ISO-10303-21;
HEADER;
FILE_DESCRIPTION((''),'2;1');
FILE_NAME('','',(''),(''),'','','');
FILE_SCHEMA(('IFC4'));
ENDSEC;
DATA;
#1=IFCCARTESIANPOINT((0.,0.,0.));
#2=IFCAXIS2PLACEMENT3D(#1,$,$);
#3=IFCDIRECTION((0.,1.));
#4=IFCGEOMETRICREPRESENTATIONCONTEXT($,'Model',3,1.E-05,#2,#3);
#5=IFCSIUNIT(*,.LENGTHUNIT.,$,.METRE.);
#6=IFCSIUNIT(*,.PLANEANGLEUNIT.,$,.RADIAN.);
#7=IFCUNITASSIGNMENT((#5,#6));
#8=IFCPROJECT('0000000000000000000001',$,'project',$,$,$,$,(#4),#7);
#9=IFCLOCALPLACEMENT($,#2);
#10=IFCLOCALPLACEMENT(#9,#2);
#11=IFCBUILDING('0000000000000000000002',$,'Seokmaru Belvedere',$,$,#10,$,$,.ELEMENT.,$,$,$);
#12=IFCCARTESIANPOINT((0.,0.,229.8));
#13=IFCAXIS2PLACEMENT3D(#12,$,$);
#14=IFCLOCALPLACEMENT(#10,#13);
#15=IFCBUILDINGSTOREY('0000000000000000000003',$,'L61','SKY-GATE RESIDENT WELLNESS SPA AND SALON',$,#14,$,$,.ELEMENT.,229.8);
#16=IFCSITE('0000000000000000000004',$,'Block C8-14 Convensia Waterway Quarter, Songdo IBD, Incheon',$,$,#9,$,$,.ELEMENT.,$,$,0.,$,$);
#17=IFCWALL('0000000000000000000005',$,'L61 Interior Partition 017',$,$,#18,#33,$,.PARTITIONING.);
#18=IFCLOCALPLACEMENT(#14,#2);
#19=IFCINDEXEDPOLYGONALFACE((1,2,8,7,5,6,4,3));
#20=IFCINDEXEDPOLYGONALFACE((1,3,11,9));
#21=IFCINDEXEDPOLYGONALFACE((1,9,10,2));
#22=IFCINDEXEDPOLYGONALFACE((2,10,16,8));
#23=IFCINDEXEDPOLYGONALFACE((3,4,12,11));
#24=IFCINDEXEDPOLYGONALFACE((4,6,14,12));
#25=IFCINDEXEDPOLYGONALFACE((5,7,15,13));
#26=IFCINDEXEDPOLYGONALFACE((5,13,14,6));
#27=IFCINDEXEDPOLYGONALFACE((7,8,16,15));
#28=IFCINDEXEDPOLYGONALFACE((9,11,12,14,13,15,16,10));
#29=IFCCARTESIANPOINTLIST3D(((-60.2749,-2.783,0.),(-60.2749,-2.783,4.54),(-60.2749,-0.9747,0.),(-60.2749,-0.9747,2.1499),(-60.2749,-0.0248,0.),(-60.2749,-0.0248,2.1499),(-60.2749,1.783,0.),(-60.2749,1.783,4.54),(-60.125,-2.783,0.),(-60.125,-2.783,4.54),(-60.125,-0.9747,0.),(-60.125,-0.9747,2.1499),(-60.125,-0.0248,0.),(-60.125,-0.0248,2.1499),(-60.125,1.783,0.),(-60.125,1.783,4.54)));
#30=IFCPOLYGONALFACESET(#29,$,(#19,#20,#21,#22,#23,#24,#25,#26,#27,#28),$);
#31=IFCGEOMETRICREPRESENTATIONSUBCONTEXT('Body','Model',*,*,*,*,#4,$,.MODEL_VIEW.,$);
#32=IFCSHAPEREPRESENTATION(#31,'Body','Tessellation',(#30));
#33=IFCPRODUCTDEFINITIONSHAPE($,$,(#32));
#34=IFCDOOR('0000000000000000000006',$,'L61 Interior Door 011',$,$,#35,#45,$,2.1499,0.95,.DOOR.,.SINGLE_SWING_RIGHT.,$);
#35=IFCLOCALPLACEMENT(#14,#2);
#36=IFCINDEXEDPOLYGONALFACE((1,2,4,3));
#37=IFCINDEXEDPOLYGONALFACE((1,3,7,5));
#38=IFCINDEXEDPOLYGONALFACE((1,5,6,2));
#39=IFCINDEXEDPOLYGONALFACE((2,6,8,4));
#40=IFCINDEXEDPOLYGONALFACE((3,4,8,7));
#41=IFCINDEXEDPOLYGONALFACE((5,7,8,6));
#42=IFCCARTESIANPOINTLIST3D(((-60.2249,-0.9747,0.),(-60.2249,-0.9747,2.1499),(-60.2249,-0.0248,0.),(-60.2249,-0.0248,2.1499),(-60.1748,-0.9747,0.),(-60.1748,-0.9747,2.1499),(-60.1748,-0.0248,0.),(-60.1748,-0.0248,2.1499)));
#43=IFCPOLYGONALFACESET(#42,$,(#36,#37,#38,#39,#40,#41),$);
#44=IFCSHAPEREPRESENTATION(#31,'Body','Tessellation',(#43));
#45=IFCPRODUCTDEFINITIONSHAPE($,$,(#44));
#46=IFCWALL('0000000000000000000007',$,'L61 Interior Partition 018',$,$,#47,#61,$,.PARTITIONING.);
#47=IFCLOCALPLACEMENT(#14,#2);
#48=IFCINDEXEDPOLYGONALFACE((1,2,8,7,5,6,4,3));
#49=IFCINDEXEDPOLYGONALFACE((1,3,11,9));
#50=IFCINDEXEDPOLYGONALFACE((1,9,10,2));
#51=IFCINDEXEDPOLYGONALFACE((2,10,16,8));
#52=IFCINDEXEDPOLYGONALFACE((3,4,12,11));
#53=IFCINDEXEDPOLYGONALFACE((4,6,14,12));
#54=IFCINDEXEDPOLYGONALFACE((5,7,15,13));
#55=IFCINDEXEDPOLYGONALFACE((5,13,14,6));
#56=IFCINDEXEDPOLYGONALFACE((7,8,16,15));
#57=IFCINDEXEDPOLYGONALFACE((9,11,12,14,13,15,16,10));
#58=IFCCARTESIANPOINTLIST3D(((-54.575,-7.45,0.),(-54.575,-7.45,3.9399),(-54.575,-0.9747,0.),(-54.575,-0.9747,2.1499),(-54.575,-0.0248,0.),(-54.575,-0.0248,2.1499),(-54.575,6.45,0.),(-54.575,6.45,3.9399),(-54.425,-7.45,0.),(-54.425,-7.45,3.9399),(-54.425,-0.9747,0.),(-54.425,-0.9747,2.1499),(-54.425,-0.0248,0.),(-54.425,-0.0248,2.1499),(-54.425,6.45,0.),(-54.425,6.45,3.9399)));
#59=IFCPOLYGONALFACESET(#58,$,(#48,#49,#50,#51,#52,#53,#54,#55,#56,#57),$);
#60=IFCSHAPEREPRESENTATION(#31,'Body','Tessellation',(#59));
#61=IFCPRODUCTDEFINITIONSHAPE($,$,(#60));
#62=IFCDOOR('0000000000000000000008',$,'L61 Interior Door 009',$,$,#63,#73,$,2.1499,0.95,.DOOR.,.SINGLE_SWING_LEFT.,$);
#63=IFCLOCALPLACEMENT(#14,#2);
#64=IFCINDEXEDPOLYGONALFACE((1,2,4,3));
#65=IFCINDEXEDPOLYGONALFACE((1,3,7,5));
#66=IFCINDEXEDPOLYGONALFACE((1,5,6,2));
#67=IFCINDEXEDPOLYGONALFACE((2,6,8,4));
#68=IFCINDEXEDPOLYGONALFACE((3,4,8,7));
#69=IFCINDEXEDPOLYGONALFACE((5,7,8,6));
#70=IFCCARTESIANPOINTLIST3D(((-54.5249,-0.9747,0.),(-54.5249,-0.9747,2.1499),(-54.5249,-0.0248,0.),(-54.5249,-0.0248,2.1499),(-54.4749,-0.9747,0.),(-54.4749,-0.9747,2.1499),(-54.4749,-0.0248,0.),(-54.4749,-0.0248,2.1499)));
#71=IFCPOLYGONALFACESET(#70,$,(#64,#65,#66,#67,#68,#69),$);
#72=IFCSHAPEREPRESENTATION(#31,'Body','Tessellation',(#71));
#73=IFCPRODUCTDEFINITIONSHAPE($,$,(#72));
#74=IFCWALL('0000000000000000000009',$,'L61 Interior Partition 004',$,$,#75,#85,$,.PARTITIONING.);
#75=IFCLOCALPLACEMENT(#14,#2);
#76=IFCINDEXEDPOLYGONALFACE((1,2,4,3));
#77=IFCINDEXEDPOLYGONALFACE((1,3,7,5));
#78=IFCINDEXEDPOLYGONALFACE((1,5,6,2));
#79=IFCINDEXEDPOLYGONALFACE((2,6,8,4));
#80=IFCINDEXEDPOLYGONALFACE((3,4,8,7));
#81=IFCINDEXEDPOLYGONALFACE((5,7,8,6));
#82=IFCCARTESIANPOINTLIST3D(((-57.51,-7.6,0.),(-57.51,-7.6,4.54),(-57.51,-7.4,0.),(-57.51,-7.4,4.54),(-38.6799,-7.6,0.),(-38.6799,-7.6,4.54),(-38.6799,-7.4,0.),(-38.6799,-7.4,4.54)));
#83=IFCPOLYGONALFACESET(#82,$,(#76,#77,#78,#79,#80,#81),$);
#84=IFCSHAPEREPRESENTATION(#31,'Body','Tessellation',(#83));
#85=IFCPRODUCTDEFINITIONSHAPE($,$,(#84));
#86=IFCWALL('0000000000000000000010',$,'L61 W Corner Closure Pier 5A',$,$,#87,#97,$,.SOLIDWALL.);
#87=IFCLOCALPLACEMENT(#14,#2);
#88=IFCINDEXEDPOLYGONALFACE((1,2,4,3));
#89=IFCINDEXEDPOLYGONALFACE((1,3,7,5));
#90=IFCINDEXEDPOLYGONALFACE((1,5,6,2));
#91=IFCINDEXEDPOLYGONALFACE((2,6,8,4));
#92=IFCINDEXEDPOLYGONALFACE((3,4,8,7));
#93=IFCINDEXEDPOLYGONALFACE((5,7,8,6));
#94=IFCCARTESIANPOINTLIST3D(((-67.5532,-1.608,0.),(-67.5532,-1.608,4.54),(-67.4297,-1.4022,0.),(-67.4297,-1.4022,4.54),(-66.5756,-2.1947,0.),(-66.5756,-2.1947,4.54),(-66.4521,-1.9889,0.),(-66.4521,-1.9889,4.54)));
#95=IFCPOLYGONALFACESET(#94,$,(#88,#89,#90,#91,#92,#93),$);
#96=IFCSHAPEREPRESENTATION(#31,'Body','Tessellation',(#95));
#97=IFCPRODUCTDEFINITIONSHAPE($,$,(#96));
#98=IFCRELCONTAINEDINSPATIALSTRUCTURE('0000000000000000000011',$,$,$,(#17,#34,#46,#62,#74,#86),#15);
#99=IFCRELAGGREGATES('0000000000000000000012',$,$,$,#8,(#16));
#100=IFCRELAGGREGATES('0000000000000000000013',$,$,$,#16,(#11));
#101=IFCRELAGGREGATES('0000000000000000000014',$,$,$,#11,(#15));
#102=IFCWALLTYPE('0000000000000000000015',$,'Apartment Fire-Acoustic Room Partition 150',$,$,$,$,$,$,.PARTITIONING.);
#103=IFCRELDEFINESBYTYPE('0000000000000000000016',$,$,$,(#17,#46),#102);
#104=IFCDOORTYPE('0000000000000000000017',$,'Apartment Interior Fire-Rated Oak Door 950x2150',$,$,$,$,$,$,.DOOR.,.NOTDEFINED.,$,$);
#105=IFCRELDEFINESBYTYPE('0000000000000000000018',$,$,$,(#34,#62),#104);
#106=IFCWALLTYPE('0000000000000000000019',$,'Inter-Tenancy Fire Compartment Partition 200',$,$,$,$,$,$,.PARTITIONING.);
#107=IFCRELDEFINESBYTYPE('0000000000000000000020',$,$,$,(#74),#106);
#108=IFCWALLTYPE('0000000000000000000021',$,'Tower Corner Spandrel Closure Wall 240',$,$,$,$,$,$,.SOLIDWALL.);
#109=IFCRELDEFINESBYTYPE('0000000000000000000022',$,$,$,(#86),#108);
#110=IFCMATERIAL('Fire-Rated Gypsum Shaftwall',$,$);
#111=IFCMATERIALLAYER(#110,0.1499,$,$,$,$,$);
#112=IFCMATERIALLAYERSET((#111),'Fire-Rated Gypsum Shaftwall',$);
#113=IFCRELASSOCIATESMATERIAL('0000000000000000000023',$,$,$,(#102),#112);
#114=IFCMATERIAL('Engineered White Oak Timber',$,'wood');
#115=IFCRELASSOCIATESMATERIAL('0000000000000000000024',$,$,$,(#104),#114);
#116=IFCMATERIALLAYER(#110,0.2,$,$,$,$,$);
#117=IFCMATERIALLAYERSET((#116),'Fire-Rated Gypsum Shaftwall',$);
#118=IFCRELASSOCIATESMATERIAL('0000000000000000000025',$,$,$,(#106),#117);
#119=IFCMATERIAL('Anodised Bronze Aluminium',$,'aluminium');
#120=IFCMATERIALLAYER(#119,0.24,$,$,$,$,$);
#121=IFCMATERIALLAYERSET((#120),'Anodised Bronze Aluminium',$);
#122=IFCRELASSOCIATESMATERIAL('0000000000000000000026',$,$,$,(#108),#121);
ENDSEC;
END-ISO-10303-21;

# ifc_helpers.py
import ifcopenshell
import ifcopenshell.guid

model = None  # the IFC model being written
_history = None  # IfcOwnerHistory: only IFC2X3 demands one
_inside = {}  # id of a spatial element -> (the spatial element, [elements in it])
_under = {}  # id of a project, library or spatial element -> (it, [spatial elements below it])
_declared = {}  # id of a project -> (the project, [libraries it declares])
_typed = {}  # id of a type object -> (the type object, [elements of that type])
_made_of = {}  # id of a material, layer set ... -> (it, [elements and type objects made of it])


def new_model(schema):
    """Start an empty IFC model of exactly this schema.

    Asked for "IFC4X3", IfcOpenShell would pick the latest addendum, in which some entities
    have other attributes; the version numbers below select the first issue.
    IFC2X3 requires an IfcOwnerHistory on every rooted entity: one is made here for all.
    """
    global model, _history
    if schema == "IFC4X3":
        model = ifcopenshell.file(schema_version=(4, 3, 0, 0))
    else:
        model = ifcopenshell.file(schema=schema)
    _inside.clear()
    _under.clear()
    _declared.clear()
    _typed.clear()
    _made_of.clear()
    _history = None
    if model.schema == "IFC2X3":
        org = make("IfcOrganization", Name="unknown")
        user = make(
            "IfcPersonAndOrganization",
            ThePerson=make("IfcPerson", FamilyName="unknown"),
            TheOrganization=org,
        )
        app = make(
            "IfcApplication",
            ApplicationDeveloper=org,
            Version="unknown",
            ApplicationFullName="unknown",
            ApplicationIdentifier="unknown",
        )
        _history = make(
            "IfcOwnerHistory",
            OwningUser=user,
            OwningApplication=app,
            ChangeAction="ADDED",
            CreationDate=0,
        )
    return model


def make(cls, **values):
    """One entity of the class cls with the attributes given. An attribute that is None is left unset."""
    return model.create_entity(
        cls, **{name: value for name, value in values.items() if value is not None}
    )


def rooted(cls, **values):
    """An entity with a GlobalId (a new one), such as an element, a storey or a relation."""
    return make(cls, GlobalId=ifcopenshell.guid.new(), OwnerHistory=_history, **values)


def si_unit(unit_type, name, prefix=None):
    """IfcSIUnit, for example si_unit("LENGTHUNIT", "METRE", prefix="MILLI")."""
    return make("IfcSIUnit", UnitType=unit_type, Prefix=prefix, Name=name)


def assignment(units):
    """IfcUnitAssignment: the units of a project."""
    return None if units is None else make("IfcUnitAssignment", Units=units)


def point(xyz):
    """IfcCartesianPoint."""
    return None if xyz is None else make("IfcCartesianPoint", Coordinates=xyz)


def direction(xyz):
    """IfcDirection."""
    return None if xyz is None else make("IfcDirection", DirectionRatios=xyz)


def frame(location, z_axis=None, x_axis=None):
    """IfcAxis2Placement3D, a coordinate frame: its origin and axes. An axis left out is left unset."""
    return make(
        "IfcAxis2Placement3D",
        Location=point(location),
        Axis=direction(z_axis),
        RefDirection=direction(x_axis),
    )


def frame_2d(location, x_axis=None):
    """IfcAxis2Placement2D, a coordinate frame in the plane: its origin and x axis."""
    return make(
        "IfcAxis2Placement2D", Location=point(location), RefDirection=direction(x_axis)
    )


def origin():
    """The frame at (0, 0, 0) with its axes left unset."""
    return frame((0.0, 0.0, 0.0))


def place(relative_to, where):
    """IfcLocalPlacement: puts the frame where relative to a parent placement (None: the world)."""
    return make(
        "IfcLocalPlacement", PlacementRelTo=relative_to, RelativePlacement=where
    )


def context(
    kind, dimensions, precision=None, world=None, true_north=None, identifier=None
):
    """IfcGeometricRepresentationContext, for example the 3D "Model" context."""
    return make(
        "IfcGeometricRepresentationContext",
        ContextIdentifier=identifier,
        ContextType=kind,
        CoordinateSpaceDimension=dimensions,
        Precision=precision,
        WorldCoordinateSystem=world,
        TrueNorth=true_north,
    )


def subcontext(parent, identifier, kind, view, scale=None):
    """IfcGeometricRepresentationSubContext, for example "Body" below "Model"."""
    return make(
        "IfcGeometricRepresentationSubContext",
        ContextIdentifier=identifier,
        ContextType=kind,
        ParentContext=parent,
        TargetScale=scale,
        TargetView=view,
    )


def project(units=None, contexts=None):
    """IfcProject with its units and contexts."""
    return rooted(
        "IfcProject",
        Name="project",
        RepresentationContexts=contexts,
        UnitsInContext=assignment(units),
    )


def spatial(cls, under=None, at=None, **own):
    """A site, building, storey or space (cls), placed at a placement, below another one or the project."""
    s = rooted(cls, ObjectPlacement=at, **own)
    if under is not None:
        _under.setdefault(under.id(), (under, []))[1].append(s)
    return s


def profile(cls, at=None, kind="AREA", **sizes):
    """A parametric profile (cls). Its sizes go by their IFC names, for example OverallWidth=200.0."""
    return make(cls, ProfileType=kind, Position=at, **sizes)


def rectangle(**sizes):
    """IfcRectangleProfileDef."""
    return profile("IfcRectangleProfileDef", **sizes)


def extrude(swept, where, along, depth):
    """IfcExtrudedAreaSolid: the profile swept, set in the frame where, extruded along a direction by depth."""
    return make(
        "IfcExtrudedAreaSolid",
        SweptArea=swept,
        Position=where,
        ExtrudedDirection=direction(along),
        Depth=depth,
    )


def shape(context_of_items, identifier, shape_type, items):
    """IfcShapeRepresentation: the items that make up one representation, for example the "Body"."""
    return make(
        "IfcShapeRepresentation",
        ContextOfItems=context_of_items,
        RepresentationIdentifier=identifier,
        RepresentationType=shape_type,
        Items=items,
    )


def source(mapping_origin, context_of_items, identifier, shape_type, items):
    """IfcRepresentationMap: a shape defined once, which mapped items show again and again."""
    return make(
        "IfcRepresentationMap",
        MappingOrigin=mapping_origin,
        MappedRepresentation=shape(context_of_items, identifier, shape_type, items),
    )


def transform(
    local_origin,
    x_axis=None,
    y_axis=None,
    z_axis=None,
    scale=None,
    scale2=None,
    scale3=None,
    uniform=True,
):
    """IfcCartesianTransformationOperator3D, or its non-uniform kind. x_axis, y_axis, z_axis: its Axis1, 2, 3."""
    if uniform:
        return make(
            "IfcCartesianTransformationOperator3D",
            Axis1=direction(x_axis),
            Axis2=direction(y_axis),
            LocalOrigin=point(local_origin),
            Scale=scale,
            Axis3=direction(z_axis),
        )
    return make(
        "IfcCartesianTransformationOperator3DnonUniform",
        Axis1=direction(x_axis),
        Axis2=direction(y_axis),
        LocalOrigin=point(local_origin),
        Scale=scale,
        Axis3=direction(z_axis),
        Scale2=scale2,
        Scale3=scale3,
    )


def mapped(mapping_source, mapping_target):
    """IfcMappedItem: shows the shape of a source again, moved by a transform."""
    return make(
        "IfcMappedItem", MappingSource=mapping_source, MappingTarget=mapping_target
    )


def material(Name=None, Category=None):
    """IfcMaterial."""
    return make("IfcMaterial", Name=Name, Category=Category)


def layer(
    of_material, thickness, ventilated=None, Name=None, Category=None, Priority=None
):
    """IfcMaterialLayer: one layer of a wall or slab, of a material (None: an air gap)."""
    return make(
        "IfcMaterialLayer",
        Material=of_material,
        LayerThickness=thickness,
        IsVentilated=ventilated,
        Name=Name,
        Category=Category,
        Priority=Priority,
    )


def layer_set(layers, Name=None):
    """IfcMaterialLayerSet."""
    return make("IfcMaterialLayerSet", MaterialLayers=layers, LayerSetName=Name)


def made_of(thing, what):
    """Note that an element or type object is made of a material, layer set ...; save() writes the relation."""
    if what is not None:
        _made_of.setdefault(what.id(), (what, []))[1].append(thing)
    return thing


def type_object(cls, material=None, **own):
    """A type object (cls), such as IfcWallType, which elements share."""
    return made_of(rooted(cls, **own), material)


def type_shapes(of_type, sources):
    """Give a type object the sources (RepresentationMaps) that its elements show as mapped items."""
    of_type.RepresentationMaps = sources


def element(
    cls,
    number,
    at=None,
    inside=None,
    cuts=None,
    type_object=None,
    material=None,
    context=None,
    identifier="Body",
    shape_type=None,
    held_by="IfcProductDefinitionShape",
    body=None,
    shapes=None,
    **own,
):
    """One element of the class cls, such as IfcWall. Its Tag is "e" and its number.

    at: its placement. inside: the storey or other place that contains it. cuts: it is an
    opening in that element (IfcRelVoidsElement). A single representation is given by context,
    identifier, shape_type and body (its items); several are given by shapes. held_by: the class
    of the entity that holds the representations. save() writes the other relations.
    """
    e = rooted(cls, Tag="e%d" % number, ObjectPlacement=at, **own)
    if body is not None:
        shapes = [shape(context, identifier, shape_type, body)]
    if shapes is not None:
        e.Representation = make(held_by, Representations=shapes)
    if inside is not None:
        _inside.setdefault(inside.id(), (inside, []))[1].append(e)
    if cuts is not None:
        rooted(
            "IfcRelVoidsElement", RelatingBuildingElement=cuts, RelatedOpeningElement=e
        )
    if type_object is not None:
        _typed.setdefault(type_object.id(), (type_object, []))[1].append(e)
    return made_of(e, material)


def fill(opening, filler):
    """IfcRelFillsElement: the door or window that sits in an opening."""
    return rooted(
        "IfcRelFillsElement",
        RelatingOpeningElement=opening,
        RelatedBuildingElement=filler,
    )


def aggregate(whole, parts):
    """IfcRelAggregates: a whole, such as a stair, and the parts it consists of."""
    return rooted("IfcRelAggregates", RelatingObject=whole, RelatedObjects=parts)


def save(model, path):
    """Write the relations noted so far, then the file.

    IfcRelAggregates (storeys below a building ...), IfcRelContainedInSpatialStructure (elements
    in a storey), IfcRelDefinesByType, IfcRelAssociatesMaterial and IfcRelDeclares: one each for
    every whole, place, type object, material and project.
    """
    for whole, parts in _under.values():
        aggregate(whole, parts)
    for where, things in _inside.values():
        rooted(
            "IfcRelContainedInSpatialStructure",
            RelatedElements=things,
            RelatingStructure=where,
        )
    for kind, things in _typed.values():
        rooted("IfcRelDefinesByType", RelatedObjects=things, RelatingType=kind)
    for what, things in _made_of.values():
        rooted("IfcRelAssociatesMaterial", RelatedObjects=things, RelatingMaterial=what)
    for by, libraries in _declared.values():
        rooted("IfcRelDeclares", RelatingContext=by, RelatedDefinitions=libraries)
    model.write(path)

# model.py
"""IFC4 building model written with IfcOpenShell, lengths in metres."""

from ifc_helpers import new_model, si_unit, direction, frame, frame_2d, origin, place, context, subcontext, project, spatial, rectangle, extrude, source, transform, mapped, material, layer, layer_set, type_object, type_shapes, element, fill, save


model = new_model("IFC4")

# Units and contexts
model_context = context("Model", 3, precision=1e-05, world=origin(), true_north=direction((0.0, 1.0)))
body_context = subcontext(model_context, "Body", "Model", "MODEL_VIEW")
ifc_project = project(units=[si_unit("LENGTHUNIT", "METRE"), si_unit("PLANEANGLEUNIT", "RADIAN")], contexts=[model_context])

# Site, building, storey
site_placement = place(None, origin())
site = spatial("IfcSite", under=ifc_project, at=site_placement, Name="Block C8-14 Convensia Waterway Quarter, Songdo IBD, Incheon", CompositionType="ELEMENT", RefElevation=0.0)
building_placement = place(site_placement, origin())
building = spatial("IfcBuilding", under=site, at=building_placement, Name="Seokmaru Belvedere", CompositionType="ELEMENT")
storey_placement = place(building_placement, frame((0.0, 0.0, 229.8)))
storey = spatial("IfcBuildingStorey", under=building, at=storey_placement, Name="L61", Description="SKY-GATE RESIDENT WELLNESS SPA AND SALON", CompositionType="ELEMENT", Elevation=229.8)

# Shared definitions
ifc_material_1 = material(Name="Anodised Bronze Aluminium", Category="aluminium")

# Shared definitions
ifc_material_2 = material(Name="Fire-Rated Gypsum Shaftwall")
ifc_layer_1 = layer(ifc_material_2, 0.1499)
ifc_layer_set_1 = layer_set([ifc_layer_1], Name="Fire-Rated Gypsum Shaftwall")
wall_type_1 = type_object("IfcWallType", Name="Apartment Fire-Acoustic Room Partition 150", PredefinedType="PARTITIONING", material=ifc_layer_set_1)
ifc_material_3 = material(Name="Engineered White Oak Timber", Category="wood")
door_type = type_object("IfcDoorType", Name="Apartment Interior Fire-Rated Oak Door 950x2150", OperationType="NOTDEFINED", PredefinedType="DOOR", material=ifc_material_3)
shared_shape_1 = source(origin(), body_context, "Body", "SweptSolid", [
    extrude(rectangle(XDim=0.95, YDim=2.1499, at=frame_2d((0.4751, 1.075))), frame((0.0, 0.0249, 0.0), z_axis=(0.0, -1.0, 0.0), x_axis=(1.0, 0.0, 0.0)), (0.0, 0.0, 1.0), 0.05),
])
type_shapes(door_type, [shared_shape_1])

# Walls, openings, doors
wall_1_placement = place(storey_placement, frame((-60.2, -2.783, 0.0), z_axis=(0.0, 0.0, 1.0), x_axis=(0.0, 1.0, 0.0)))
wall_1 = element("IfcWall", 1, at=wall_1_placement, inside=storey, type_object=wall_type_1, Name="L61 Interior Partition 017", PredefinedType="PARTITIONING", context=body_context, shape_type="SweptSolid", body=[
    extrude(rectangle(XDim=4.5659, YDim=0.1499, at=frame_2d((2.283, 0.0))), origin(), (0.0, 0.0, 1.0), 4.54),
])
opening_1_placement = place(wall_1_placement, frame((1.8081, 0.0, 0.0)))
opening_1 = element("IfcOpeningElement", 2, at=opening_1_placement, cuts=wall_1, PredefinedType="OPENING", context=body_context, shape_type="SweptSolid", body=[
    extrude(rectangle(XDim=0.95, YDim=2.1499, at=frame_2d((0.4751, 1.075))), frame((0.0, 0.085, 0.0), z_axis=(0.0, -1.0, 0.0), x_axis=(1.0, 0.0, 0.0)), (0.0, 0.0, 1.0), 0.1699),
])
door_1_placement = place(opening_1_placement, origin())
door_1 = element("IfcDoor", 3, at=door_1_placement, inside=storey, type_object=door_type, Name="L61 Interior Door 011", OperationType="SINGLE_SWING_RIGHT", OverallHeight=2.1499, OverallWidth=0.95, PredefinedType="DOOR", context=body_context, shape_type="MappedRepresentation", body=[
    mapped(shared_shape_1, transform((0.0, 0.0, 0.0), scale=1.0)),
])
fill(opening_1, door_1)
wall_2_placement = place(storey_placement, frame((-54.5, -7.45, 0.0), z_axis=(0.0, 0.0, 1.0), x_axis=(0.0, 1.0, 0.0)))
wall_2 = element("IfcWall", 4, at=wall_2_placement, inside=storey, type_object=wall_type_1, Name="L61 Interior Partition 018", PredefinedType="PARTITIONING", context=body_context, shape_type="SweptSolid", body=[
    extrude(rectangle(XDim=13.8999, YDim=0.1499, at=frame_2d((6.95, 0.0))), origin(), (0.0, 0.0, 1.0), 3.9399),
])
opening_2_placement = place(wall_2_placement, frame((6.4751, 0.0, 0.0)))
opening_2 = element("IfcOpeningElement", 5, at=opening_2_placement, cuts=wall_2, PredefinedType="OPENING", context=body_context, shape_type="SweptSolid", body=[
    extrude(rectangle(XDim=0.95, YDim=2.1499, at=frame_2d((0.4751, 1.075))), frame((0.0, 0.085, 0.0), z_axis=(0.0, -1.0, 0.0), x_axis=(1.0, 0.0, 0.0)), (0.0, 0.0, 1.0), 0.1699),
])
door_2_placement = place(opening_2_placement, origin())
door_2 = element("IfcDoor", 6, at=door_2_placement, inside=storey, type_object=door_type, Name="L61 Interior Door 009", OperationType="SINGLE_SWING_LEFT", OverallHeight=2.1499, OverallWidth=0.95, PredefinedType="DOOR", context=body_context, shape_type="MappedRepresentation", body=[
    mapped(shared_shape_1, transform((0.0, 0.0, 0.0), scale=1.0)),
])
fill(opening_2, door_2)

# Walls
ifc_layer_2 = layer(ifc_material_2, 0.2)
ifc_layer_set_2 = layer_set([ifc_layer_2], Name="Fire-Rated Gypsum Shaftwall")
wall_type_2 = type_object("IfcWallType", Name="Inter-Tenancy Fire Compartment Partition 200", PredefinedType="PARTITIONING", material=ifc_layer_set_2)
wall_3_placement = place(storey_placement, frame((-57.51, -7.5, 0.0), z_axis=(0.0, 0.0, 1.0), x_axis=(1.0, 0.0, 0.0)))
element("IfcWall", 7, at=wall_3_placement, inside=storey, type_object=wall_type_2, Name="L61 Interior Partition 004", PredefinedType="PARTITIONING", context=body_context, shape_type="SweptSolid", body=[
    extrude(rectangle(XDim=18.8301, YDim=0.2, at=frame_2d((9.415, 0.0))), origin(), (0.0, 0.0, 1.0), 4.54),
])
ifc_layer_3 = layer(ifc_material_1, 0.24)
ifc_layer_set_3 = layer_set([ifc_layer_3], Name="Anodised Bronze Aluminium")
wall_type_3 = type_object("IfcWallType", Name="Tower Corner Spandrel Closure Wall 240", PredefinedType="SOLIDWALL", material=ifc_layer_set_3)
wall_4_placement = place(storey_placement, frame((-67.4915, -1.5051, 0.0), z_axis=(0.0, 0.0, 1.0), x_axis=(0.857436, -0.51459, 0.0)))
element("IfcWall", 8, at=wall_4_placement, inside=storey, type_object=wall_type_3, Name="L61 W Corner Closure Pier 5A", PredefinedType="SOLIDWALL", context=body_context, shape_type="SweptSolid", body=[
    extrude(rectangle(XDim=1.1401, YDim=0.24, at=frame_2d((0.5701, 0.0))), origin(), (0.0, 0.0, 1.0), 4.54),
])

save(model, "model.ifc")
